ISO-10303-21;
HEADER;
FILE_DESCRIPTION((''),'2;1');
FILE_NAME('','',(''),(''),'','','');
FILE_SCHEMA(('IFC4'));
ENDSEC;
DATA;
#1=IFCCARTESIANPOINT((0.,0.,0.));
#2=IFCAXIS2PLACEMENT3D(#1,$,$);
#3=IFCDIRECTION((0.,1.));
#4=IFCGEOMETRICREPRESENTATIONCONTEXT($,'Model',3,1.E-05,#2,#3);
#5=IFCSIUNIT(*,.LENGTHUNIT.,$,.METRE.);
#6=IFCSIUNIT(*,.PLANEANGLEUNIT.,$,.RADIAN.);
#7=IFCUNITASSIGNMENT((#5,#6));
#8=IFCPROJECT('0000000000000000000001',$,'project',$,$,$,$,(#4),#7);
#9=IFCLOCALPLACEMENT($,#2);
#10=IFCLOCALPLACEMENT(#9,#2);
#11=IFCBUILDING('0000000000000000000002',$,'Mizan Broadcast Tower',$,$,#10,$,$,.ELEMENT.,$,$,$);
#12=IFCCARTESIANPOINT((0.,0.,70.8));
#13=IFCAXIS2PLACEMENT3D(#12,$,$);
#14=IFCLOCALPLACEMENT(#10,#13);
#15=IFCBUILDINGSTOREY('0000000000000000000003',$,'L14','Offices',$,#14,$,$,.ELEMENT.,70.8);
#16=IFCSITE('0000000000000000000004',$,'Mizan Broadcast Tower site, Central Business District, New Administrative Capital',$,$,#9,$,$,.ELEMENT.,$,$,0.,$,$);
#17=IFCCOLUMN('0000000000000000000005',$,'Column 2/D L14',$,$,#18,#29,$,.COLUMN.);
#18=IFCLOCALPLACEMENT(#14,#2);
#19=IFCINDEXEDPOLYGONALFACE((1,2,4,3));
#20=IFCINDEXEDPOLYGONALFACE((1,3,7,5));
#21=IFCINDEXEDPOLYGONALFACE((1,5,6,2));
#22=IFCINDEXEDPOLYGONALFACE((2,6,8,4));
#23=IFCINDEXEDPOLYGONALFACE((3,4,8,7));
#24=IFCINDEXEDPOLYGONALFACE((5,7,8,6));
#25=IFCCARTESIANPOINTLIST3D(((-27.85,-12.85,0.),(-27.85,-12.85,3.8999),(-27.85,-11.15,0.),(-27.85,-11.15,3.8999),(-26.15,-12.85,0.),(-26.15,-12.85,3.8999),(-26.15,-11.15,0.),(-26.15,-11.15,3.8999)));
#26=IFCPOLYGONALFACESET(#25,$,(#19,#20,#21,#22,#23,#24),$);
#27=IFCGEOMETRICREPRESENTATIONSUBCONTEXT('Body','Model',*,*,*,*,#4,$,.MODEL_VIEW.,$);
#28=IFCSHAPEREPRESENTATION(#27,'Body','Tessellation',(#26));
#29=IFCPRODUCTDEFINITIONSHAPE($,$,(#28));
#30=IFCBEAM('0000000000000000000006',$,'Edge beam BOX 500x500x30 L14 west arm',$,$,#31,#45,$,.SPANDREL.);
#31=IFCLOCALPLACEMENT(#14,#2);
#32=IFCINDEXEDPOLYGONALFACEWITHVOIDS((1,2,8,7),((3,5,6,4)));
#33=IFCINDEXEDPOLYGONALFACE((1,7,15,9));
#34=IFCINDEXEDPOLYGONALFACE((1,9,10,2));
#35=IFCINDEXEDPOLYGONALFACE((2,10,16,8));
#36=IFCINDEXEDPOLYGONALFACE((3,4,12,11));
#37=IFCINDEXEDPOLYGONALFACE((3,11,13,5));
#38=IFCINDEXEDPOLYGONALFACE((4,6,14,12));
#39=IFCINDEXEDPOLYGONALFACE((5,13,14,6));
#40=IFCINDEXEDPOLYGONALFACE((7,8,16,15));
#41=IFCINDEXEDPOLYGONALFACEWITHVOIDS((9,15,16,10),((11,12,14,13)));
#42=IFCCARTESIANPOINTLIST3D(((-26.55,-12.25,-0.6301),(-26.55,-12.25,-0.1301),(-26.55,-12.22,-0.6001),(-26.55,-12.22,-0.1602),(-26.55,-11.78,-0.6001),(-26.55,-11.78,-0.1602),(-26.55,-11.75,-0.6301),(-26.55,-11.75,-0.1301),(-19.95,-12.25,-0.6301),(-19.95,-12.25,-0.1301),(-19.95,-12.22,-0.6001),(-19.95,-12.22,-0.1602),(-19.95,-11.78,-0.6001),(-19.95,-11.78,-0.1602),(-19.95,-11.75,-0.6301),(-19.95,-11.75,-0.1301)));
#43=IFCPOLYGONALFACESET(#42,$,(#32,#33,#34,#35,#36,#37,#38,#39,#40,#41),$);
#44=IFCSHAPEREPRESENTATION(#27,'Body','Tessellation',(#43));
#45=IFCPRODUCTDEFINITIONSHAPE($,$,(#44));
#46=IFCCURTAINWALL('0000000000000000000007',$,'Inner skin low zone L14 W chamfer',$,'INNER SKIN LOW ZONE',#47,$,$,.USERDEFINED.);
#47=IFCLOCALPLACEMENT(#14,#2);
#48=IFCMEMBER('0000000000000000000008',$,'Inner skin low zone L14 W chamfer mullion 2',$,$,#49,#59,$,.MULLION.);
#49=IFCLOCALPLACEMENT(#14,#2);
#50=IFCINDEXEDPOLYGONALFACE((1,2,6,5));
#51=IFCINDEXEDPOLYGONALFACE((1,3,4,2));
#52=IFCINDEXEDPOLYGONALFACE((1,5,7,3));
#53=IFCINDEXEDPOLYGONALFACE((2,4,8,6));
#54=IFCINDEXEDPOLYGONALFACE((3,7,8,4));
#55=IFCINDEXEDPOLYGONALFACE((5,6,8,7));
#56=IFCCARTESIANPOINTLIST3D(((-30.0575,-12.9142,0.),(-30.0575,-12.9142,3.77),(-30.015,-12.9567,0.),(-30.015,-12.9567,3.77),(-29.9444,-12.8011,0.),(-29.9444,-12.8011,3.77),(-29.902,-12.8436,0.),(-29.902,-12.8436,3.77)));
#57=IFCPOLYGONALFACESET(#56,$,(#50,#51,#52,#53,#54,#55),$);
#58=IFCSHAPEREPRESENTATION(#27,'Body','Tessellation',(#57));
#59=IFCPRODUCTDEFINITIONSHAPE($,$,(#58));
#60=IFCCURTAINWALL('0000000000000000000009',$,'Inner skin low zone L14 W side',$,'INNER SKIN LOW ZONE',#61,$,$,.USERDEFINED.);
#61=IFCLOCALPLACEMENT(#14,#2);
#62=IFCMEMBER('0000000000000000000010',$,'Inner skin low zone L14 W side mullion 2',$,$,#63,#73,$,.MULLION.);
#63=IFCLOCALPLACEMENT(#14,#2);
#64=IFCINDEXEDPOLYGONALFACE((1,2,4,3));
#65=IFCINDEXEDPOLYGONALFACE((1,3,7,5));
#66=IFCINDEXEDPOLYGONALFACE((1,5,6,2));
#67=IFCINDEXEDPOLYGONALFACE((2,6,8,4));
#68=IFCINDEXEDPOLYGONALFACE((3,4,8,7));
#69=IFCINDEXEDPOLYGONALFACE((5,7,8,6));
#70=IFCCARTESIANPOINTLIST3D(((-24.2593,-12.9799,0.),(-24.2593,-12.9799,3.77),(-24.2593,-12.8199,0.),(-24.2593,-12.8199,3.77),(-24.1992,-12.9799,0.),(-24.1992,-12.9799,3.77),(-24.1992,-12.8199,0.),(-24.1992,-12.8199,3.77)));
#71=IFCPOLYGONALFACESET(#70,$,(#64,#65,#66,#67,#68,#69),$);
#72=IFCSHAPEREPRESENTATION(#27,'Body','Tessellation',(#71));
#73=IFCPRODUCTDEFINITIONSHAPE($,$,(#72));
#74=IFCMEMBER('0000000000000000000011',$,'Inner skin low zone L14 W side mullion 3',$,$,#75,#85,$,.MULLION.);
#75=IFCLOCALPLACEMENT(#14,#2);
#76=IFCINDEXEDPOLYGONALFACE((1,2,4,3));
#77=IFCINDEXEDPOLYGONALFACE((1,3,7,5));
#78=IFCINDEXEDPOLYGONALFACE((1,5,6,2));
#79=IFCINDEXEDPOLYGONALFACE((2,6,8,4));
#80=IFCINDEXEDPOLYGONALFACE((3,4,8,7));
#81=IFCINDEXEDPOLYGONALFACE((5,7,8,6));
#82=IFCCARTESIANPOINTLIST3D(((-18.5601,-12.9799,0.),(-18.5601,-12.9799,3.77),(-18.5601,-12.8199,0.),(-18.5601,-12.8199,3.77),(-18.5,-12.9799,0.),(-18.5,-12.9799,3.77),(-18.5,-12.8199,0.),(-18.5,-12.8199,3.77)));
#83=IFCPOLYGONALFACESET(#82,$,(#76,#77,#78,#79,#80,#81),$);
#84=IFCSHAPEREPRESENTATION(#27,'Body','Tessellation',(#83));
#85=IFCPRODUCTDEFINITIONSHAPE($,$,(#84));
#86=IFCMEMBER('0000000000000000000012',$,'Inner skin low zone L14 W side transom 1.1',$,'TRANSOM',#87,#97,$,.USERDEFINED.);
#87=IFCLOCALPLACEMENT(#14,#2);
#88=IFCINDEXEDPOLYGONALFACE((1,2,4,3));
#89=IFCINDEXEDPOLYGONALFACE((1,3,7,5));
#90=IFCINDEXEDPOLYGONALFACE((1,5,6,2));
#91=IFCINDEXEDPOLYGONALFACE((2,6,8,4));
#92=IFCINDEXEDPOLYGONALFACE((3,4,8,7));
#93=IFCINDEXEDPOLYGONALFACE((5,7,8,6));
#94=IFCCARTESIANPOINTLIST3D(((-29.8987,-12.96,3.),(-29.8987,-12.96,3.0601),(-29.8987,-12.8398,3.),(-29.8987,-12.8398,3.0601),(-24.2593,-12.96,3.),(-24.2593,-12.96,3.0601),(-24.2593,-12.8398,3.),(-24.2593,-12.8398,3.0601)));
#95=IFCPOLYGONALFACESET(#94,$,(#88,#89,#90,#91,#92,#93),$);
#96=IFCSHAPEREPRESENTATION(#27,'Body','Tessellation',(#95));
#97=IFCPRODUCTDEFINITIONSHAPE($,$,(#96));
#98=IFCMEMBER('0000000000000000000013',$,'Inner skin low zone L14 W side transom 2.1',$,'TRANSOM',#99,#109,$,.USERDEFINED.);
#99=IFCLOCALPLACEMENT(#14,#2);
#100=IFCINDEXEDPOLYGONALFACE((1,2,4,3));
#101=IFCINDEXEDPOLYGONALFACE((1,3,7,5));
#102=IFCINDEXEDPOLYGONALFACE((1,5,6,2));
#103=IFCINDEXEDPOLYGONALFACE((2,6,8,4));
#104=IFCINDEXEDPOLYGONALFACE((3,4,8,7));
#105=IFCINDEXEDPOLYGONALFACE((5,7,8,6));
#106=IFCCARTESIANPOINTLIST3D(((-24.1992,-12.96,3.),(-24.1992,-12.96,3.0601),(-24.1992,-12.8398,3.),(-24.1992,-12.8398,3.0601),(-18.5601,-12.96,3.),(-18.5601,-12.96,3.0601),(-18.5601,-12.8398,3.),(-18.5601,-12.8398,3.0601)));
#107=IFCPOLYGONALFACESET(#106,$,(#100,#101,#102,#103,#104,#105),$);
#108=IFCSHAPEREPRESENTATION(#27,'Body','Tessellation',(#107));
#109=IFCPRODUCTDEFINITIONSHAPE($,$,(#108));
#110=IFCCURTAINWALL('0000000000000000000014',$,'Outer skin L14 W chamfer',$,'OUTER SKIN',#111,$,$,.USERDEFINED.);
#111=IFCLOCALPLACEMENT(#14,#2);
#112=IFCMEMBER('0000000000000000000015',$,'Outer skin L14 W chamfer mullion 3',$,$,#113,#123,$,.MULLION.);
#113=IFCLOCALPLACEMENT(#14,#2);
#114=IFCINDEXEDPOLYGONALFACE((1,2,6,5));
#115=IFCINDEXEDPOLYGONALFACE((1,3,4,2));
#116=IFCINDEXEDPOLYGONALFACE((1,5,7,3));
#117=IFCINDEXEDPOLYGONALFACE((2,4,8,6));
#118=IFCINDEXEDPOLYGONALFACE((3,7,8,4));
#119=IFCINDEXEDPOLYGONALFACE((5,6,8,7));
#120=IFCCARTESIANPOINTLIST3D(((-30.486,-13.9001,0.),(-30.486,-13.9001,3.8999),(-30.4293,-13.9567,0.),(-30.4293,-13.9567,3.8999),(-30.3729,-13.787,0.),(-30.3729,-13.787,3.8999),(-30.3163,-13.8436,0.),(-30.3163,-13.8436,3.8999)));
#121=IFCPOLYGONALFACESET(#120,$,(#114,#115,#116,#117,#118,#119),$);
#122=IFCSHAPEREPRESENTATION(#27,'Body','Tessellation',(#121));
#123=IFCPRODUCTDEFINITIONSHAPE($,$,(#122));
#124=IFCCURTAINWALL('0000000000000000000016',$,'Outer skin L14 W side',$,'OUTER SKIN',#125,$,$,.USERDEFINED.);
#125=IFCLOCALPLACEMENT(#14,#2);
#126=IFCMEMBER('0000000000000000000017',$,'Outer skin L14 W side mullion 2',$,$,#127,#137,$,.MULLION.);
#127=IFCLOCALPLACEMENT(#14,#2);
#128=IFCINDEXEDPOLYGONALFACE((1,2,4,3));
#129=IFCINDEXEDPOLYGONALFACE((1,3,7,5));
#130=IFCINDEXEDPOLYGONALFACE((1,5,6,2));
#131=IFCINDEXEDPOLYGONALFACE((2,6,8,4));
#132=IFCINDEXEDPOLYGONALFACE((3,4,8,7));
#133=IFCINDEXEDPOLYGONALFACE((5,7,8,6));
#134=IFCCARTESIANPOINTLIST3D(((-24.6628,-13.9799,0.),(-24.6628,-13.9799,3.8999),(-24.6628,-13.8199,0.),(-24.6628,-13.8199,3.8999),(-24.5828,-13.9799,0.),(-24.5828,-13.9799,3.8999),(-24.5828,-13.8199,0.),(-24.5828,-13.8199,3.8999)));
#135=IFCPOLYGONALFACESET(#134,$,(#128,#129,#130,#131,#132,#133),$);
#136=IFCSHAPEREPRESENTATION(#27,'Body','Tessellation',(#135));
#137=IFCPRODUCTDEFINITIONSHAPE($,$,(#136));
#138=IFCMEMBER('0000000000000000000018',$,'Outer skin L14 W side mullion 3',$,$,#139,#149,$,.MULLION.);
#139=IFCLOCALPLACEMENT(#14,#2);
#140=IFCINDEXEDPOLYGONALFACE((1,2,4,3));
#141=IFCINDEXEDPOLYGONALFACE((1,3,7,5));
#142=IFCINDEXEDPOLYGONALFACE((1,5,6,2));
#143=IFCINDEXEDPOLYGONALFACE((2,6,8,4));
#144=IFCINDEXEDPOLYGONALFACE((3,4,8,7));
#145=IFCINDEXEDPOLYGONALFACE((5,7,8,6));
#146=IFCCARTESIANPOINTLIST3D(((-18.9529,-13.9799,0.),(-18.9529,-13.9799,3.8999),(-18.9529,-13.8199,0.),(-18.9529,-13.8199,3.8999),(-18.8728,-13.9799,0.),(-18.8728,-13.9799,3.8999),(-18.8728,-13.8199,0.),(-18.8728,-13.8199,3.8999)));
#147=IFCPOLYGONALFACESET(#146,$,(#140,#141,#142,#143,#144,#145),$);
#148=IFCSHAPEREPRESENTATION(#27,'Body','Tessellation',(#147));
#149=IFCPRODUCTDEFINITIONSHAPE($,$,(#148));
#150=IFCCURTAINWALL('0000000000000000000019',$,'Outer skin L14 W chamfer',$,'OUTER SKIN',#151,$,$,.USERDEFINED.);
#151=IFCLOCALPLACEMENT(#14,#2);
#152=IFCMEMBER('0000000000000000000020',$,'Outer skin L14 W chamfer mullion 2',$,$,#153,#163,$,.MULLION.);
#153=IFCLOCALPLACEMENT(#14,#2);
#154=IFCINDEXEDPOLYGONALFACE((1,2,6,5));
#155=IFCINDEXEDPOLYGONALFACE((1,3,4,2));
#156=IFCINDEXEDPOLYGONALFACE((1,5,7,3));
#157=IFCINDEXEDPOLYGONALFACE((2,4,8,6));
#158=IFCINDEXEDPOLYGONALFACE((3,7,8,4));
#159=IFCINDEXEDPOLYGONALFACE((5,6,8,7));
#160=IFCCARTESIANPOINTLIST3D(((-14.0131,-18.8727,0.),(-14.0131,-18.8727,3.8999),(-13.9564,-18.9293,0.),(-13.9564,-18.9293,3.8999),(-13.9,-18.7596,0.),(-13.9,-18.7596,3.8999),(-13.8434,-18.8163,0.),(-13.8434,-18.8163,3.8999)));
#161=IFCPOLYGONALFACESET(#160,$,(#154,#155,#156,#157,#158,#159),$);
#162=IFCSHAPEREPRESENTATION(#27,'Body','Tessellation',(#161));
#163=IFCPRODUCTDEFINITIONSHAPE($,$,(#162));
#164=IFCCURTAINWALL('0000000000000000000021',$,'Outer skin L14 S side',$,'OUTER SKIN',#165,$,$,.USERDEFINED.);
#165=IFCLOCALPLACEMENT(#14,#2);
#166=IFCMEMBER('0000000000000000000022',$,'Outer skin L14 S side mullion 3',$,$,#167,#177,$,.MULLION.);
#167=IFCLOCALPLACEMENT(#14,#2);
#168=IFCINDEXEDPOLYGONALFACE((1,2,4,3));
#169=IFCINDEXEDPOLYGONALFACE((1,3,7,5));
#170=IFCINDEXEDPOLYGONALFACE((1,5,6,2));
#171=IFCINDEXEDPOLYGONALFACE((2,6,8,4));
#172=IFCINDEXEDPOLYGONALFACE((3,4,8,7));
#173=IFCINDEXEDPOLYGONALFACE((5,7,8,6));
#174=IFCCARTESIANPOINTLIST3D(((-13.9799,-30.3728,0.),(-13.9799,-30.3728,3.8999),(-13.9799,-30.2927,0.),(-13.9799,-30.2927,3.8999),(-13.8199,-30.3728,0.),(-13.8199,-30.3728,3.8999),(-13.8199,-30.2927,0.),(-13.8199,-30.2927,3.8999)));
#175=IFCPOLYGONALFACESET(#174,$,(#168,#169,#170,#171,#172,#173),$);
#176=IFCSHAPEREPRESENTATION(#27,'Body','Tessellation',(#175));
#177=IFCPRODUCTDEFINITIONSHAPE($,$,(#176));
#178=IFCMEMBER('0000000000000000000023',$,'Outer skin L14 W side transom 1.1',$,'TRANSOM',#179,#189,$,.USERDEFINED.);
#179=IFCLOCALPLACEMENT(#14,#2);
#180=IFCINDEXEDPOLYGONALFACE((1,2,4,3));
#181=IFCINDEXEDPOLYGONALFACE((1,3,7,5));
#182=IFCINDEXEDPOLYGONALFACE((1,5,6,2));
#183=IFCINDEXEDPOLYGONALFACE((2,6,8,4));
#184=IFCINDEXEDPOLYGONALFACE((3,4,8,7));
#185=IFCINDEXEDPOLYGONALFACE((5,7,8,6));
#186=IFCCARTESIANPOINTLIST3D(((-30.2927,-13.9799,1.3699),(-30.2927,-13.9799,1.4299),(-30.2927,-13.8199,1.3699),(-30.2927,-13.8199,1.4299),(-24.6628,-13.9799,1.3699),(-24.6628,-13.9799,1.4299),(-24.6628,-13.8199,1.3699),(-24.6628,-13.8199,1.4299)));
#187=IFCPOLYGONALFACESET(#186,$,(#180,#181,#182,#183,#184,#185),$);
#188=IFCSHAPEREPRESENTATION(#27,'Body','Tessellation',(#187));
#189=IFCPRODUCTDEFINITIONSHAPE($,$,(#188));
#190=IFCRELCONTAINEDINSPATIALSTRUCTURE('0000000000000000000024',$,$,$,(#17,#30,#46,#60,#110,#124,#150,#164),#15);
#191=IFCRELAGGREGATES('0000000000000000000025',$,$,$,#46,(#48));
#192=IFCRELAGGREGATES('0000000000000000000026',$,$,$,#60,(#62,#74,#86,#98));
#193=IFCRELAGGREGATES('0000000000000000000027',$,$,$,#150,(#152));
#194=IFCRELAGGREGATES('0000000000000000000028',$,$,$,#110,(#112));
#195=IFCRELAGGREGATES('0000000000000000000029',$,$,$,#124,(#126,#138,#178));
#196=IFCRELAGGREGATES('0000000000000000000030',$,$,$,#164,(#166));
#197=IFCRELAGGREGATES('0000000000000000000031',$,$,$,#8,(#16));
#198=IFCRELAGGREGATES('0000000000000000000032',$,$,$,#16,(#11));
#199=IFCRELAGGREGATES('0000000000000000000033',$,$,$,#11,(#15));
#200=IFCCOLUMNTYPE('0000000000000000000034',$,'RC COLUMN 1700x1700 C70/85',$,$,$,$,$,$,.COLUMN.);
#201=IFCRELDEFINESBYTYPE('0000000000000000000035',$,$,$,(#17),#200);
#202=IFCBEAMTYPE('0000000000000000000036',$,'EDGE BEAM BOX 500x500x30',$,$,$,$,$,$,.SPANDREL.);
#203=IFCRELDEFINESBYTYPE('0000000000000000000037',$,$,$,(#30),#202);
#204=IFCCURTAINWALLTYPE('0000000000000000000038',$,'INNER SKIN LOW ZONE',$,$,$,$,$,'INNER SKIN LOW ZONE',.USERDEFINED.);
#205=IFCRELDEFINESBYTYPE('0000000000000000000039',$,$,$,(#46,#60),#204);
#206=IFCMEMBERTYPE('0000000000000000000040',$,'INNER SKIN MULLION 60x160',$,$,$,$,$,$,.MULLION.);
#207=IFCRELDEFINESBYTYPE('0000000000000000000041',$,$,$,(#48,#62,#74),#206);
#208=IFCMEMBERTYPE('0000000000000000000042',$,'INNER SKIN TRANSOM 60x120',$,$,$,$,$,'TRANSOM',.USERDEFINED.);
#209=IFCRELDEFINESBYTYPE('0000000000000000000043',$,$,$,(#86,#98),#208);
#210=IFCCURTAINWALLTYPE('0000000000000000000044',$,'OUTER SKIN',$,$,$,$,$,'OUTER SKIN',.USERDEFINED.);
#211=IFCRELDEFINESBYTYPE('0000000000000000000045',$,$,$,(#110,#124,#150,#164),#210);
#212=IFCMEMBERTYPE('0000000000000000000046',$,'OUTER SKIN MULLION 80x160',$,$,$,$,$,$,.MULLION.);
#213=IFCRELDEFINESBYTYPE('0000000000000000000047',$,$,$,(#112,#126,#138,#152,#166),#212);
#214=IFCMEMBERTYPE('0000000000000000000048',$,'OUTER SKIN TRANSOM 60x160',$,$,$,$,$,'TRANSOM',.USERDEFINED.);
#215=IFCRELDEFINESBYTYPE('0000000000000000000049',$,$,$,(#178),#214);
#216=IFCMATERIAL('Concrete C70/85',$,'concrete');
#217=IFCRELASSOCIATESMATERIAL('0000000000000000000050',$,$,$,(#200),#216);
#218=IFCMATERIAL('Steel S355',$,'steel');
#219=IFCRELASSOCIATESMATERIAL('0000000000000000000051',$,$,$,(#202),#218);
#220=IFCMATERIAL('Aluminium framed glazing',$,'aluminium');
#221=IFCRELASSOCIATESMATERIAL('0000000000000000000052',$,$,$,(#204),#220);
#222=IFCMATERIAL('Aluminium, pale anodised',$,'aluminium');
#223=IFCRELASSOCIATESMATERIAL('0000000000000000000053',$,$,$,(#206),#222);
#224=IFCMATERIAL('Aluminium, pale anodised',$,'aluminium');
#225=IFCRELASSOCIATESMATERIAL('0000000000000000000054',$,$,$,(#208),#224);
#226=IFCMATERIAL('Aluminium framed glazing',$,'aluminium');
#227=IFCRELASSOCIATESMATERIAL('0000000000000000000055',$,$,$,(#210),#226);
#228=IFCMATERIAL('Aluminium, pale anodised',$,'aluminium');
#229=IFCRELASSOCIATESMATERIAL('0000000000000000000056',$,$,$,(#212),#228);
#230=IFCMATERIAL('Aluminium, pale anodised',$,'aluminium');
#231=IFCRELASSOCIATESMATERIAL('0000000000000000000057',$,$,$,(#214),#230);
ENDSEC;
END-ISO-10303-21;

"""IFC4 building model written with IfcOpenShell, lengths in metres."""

from ifc_helpers import new_model, si_unit, direction, frame, origin, origin_2d, place, context, subcontext, project, spatial, rectangle, hollow_rectangle, extrude, material, material_profile, profile_set, type_object, element, aggregate, save


model = new_model("IFC4")

# Units and contexts
model_context = context("Model", 3, precision=1e-05, world=origin(), true_north=direction((0.0, 1.0)))
body_context = subcontext(model_context, "Body", "Model", "MODEL_VIEW")
ifc_project = project(units=[si_unit("LENGTHUNIT", "METRE"), si_unit("PLANEANGLEUNIT", "RADIAN")], contexts=[model_context])

# Site, building, storey
site_placement = place(None, origin())
site = spatial("IfcSite", under=ifc_project, at=site_placement, Name="Mizan Broadcast Tower site, Central Business District, New Administrative Capital", CompositionType="ELEMENT", RefElevation=0.0)
building_placement = place(site_placement, origin())
building = spatial("IfcBuilding", under=site, at=building_placement, Name="Mizan Broadcast Tower", CompositionType="ELEMENT")
storey_placement = place(building_placement, frame((0.0, 0.0, 70.8)))
storey = spatial("IfcBuildingStorey", under=building, at=storey_placement, Name="L14", Description="Offices", CompositionType="ELEMENT", Elevation=70.8)

# Column
ifc_material_1 = material(Name="Concrete C70/85", Category="concrete")
ifc_material_profile_1 = material_profile(ifc_material_1, rectangle(XDim=1.7, YDim=1.7, at=origin_2d()), Name="RC 1700x1700")
ifc_profile_set_1 = profile_set([ifc_material_profile_1], Name="Concrete C70/85")
column_type = type_object("IfcColumnType", Name="RC COLUMN 1700x1700 C70/85", PredefinedType="COLUMN", material=ifc_profile_set_1)
column_placement = place(storey_placement, frame((-27.0, -12.0, 0.0), z_axis=(0.0, 0.0, 1.0), x_axis=(1.0, 0.0, 0.0)))
element("IfcColumn", 1, at=column_placement, inside=storey, type_object=column_type, Name="Column 2/D L14", PredefinedType="COLUMN", context=body_context, shape_type="SweptSolid", body=[
    extrude(rectangle(XDim=1.7, YDim=1.7, at=origin_2d()), origin(), (0.0, 0.0, 1.0), 3.8999),
])

# Beam
ifc_material_2 = material(Name="Steel S355", Category="steel")
ifc_material_profile_2 = material_profile(ifc_material_2, hollow_rectangle(XDim=0.5, YDim=0.5, WallThickness=0.03, at=origin_2d()), Name="BOX 500x500x30")
ifc_profile_set_2 = profile_set([ifc_material_profile_2], Name="Steel S355")
beam_type_1 = type_object("IfcBeamType", Name="EDGE BEAM BOX 500x500x30", PredefinedType="SPANDREL", material=ifc_profile_set_2)
beam_1_placement = place(storey_placement, frame((-19.95, -12.0, -0.3801), z_axis=(-1.0, 0.0, 0.0), x_axis=(0.0, -1.0, 0.0)))
element("IfcBeam", 2, at=beam_1_placement, inside=storey, type_object=beam_type_1, Name="Edge beam BOX 500x500x30 L14 west arm", PredefinedType="SPANDREL", context=body_context, shape_type="SweptSolid", body=[
    extrude(hollow_rectangle(XDim=0.5, YDim=0.5, WallThickness=0.03, at=origin_2d()), origin(), (0.0, 0.0, 1.0), 6.6001),
])

# Curtain wall, member
ifc_material_3 = material(Name="Aluminium framed glazing", Category="aluminium")
curtain_wall_type_1 = type_object("IfcCurtainWallType", Name="INNER SKIN LOW ZONE", ElementType="INNER SKIN LOW ZONE", PredefinedType="USERDEFINED", material=ifc_material_3)
curtain_wall_1_placement = place(storey_placement, origin())
curtain_wall_1 = element("IfcCurtainWall", 3, at=curtain_wall_1_placement, inside=storey, type_object=curtain_wall_type_1, Name="Inner skin low zone L14 W chamfer", ObjectType="INNER SKIN LOW ZONE", PredefinedType="USERDEFINED")
ifc_material_4 = material(Name="Aluminium, pale anodised", Category="aluminium")
ifc_material_profile_3 = material_profile(ifc_material_4, rectangle(XDim=0.1599, YDim=0.0601, at=origin_2d()), Name="MULLION 160x60")
ifc_profile_set_3 = profile_set([ifc_material_profile_3], Name="Aluminium, pale anodised")
member_type_1 = type_object("IfcMemberType", Name="INNER SKIN MULLION 60x160", PredefinedType="MULLION", material=ifc_profile_set_3)
member_1_placement = place(storey_placement, frame((-29.9797, -12.8789, 0.0), z_axis=(0.0, 0.0, 1.0), x_axis=(0.707107, 0.707107, 0.0)))
member_1 = element("IfcMember", 4, at=member_1_placement, type_object=member_type_1, Name="Inner skin low zone L14 W chamfer mullion 2", PredefinedType="MULLION", context=body_context, shape_type="SweptSolid", body=[
    extrude(rectangle(XDim=0.1599, YDim=0.0601, at=origin_2d()), origin(), (0.0, 0.0, 1.0), 3.77),
])
aggregate(curtain_wall_1, [member_1])

# Curtain wall, members
curtain_wall_2_placement = place(storey_placement, origin())
curtain_wall_2 = element("IfcCurtainWall", 5, at=curtain_wall_2_placement, inside=storey, type_object=curtain_wall_type_1, Name="Inner skin low zone L14 W side", ObjectType="INNER SKIN LOW ZONE", PredefinedType="USERDEFINED")
member_2_placement = place(storey_placement, frame((-24.2292, -12.8999, 0.0), z_axis=(0.0, 0.0, 1.0), x_axis=(0.0, 1.0, 0.0)))
member_2 = element("IfcMember", 6, at=member_2_placement, type_object=member_type_1, Name="Inner skin low zone L14 W side mullion 2", PredefinedType="MULLION", context=body_context, shape_type="SweptSolid", body=[
    extrude(rectangle(XDim=0.1599, YDim=0.0601, at=origin_2d()), origin(), (0.0, 0.0, 1.0), 3.77),
])
member_3_placement = place(storey_placement, frame((-18.53, -12.8999, 0.0), z_axis=(0.0, 0.0, 1.0), x_axis=(0.0, 1.0, 0.0)))
member_3 = element("IfcMember", 7, at=member_3_placement, type_object=member_type_1, Name="Inner skin low zone L14 W side mullion 3", PredefinedType="MULLION", context=body_context, shape_type="SweptSolid", body=[
    extrude(rectangle(XDim=0.1599, YDim=0.0601, at=origin_2d()), origin(), (0.0, 0.0, 1.0), 3.77),
])
ifc_material_5 = material(Name="Aluminium, pale anodised", Category="aluminium")
ifc_material_profile_4 = material_profile(ifc_material_5, rectangle(XDim=0.1201, YDim=0.0601, at=origin_2d()), Name="TRANSOM 120x60")
ifc_profile_set_4 = profile_set([ifc_material_profile_4], Name="Aluminium, pale anodised")
member_type_2 = type_object("IfcMemberType", Name="INNER SKIN TRANSOM 60x120", ElementType="TRANSOM", PredefinedType="USERDEFINED", material=ifc_profile_set_4)
member_4_placement = place(storey_placement, frame((-29.8987, -12.8999, 3.03), z_axis=(1.0, 0.0, 0.0), x_axis=(0.0, 1.0, 0.0)))
member_4 = element("IfcMember", 8, at=member_4_placement, type_object=member_type_2, Name="Inner skin low zone L14 W side transom 1.1", ObjectType="TRANSOM", PredefinedType="USERDEFINED", context=body_context, shape_type="SweptSolid", body=[
    extrude(rectangle(XDim=0.1201, YDim=0.0601, at=origin_2d()), origin(), (0.0, 0.0, 1.0), 5.6394),
])
member_5_placement = place(storey_placement, frame((-24.1992, -12.8999, 3.03), z_axis=(1.0, 0.0, 0.0), x_axis=(0.0, 1.0, 0.0)))
member_5 = element("IfcMember", 9, at=member_5_placement, type_object=member_type_2, Name="Inner skin low zone L14 W side transom 2.1", ObjectType="TRANSOM", PredefinedType="USERDEFINED", context=body_context, shape_type="SweptSolid", body=[
    extrude(rectangle(XDim=0.1201, YDim=0.0601, at=origin_2d()), origin(), (0.0, 0.0, 1.0), 5.6392),
])

# Curtain wall, member
ifc_material_6 = material(Name="Aluminium framed glazing", Category="aluminium")
curtain_wall_type_2 = type_object("IfcCurtainWallType", Name="OUTER SKIN", ElementType="OUTER SKIN", PredefinedType="USERDEFINED", material=ifc_material_6)
curtain_wall_3_placement = place(storey_placement, origin())
curtain_wall_3 = element("IfcCurtainWall", 10, at=curtain_wall_3_placement, inside=storey, type_object=curtain_wall_type_2, Name="Outer skin L14 W chamfer", ObjectType="OUTER SKIN", PredefinedType="USERDEFINED")
ifc_material_7 = material(Name="Aluminium, pale anodised", Category="aluminium")
ifc_material_profile_5 = material_profile(ifc_material_7, rectangle(XDim=0.1599, YDim=0.0801, at=origin_2d()), Name="MULLION 160x80")
ifc_profile_set_5 = profile_set([ifc_material_profile_5], Name="Aluminium, pale anodised")
member_type_3 = type_object("IfcMemberType", Name="OUTER SKIN MULLION 80x160", PredefinedType="MULLION", material=ifc_profile_set_5)
member_6_placement = place(storey_placement, frame((-30.4011, -13.8718, 0.0), z_axis=(0.0, 0.0, 1.0), x_axis=(0.707107, 0.707107, 0.0)))
member_6 = element("IfcMember", 11, at=member_6_placement, type_object=member_type_3, Name="Outer skin L14 W chamfer mullion 3", PredefinedType="MULLION", context=body_context, shape_type="SweptSolid", body=[
    extrude(rectangle(XDim=0.1599, YDim=0.0801, at=origin_2d()), origin(), (0.0, 0.0, 1.0), 3.8999),
])

# Curtain wall, members
curtain_wall_4_placement = place(storey_placement, origin())
curtain_wall_4 = element("IfcCurtainWall", 12, at=curtain_wall_4_placement, inside=storey, type_object=curtain_wall_type_2, Name="Outer skin L14 W side", ObjectType="OUTER SKIN", PredefinedType="USERDEFINED")
member_7_placement = place(storey_placement, frame((-24.6228, -13.8999, 0.0), z_axis=(0.0, 0.0, 1.0), x_axis=(0.0, 1.0, 0.0)))
member_7 = element("IfcMember", 13, at=member_7_placement, type_object=member_type_3, Name="Outer skin L14 W side mullion 2", PredefinedType="MULLION", context=body_context, shape_type="SweptSolid", body=[
    extrude(rectangle(XDim=0.1599, YDim=0.0801, at=origin_2d()), origin(), (0.0, 0.0, 1.0), 3.8999),
])
member_8_placement = place(storey_placement, frame((-18.9128, -13.8999, 0.0), z_axis=(0.0, 0.0, 1.0), x_axis=(0.0, 1.0, 0.0)))
member_8 = element("IfcMember", 14, at=member_8_placement, type_object=member_type_3, Name="Outer skin L14 W side mullion 3", PredefinedType="MULLION", context=body_context, shape_type="SweptSolid", body=[
    extrude(rectangle(XDim=0.1599, YDim=0.0801, at=origin_2d()), origin(), (0.0, 0.0, 1.0), 3.8999),
])

# Curtain walls, members
curtain_wall_5_placement = place(storey_placement, origin())
curtain_wall_5 = element("IfcCurtainWall", 15, at=curtain_wall_5_placement, inside=storey, type_object=curtain_wall_type_2, Name="Outer skin L14 W chamfer", ObjectType="OUTER SKIN", PredefinedType="USERDEFINED")
member_9_placement = place(storey_placement, frame((-13.9282, -18.8445, 0.0), z_axis=(0.0, 0.0, 1.0), x_axis=(0.707107, 0.707107, 0.0)))
member_9 = element("IfcMember", 16, at=member_9_placement, type_object=member_type_3, Name="Outer skin L14 W chamfer mullion 2", PredefinedType="MULLION", context=body_context, shape_type="SweptSolid", body=[
    extrude(rectangle(XDim=0.1599, YDim=0.0801, at=origin_2d()), origin(), (0.0, 0.0, 1.0), 3.8999),
])
curtain_wall_6_placement = place(storey_placement, origin())
curtain_wall_6 = element("IfcCurtainWall", 17, at=curtain_wall_6_placement, inside=storey, type_object=curtain_wall_type_2, Name="Outer skin L14 S side", ObjectType="OUTER SKIN", PredefinedType="USERDEFINED")
member_10_placement = place(storey_placement, frame((-13.8999, -30.3328, 0.0), z_axis=(0.0, 0.0, 1.0), x_axis=(1.0, 0.0, 0.0)))
member_10 = element("IfcMember", 18, at=member_10_placement, type_object=member_type_3, Name="Outer skin L14 S side mullion 3", PredefinedType="MULLION", context=body_context, shape_type="SweptSolid", body=[
    extrude(rectangle(XDim=0.1599, YDim=0.0801, at=origin_2d()), origin(), (0.0, 0.0, 1.0), 3.8999),
])

# Member
ifc_material_8 = material(Name="Aluminium, pale anodised", Category="aluminium")
ifc_material_profile_6 = material_profile(ifc_material_8, rectangle(XDim=0.1599, YDim=0.0601, at=origin_2d()), Name="TRANSOM 160x60")
ifc_profile_set_6 = profile_set([ifc_material_profile_6], Name="Aluminium, pale anodised")
member_type_4 = type_object("IfcMemberType", Name="OUTER SKIN TRANSOM 60x160", ElementType="TRANSOM", PredefinedType="USERDEFINED", material=ifc_profile_set_6)
member_11_placement = place(storey_placement, frame((-30.2927, -13.8999, 1.3999), z_axis=(1.0, 0.0, 0.0), x_axis=(0.0, 1.0, 0.0)))
member_11 = element("IfcMember", 19, at=member_11_placement, type_object=member_type_4, Name="Outer skin L14 W side transom 1.1", ObjectType="TRANSOM", PredefinedType="USERDEFINED", context=body_context, shape_type="SweptSolid", body=[
    extrude(rectangle(XDim=0.1599, YDim=0.0601, at=origin_2d()), origin(), (0.0, 0.0, 1.0), 5.6299),
])

aggregate(curtain_wall_2, [member_2, member_3, member_4, member_5])
aggregate(curtain_wall_5, [member_9])
aggregate(curtain_wall_3, [member_6])
aggregate(curtain_wall_4, [member_7, member_8, member_11])
aggregate(curtain_wall_6, [member_10])

save(model, "model.ifc")
